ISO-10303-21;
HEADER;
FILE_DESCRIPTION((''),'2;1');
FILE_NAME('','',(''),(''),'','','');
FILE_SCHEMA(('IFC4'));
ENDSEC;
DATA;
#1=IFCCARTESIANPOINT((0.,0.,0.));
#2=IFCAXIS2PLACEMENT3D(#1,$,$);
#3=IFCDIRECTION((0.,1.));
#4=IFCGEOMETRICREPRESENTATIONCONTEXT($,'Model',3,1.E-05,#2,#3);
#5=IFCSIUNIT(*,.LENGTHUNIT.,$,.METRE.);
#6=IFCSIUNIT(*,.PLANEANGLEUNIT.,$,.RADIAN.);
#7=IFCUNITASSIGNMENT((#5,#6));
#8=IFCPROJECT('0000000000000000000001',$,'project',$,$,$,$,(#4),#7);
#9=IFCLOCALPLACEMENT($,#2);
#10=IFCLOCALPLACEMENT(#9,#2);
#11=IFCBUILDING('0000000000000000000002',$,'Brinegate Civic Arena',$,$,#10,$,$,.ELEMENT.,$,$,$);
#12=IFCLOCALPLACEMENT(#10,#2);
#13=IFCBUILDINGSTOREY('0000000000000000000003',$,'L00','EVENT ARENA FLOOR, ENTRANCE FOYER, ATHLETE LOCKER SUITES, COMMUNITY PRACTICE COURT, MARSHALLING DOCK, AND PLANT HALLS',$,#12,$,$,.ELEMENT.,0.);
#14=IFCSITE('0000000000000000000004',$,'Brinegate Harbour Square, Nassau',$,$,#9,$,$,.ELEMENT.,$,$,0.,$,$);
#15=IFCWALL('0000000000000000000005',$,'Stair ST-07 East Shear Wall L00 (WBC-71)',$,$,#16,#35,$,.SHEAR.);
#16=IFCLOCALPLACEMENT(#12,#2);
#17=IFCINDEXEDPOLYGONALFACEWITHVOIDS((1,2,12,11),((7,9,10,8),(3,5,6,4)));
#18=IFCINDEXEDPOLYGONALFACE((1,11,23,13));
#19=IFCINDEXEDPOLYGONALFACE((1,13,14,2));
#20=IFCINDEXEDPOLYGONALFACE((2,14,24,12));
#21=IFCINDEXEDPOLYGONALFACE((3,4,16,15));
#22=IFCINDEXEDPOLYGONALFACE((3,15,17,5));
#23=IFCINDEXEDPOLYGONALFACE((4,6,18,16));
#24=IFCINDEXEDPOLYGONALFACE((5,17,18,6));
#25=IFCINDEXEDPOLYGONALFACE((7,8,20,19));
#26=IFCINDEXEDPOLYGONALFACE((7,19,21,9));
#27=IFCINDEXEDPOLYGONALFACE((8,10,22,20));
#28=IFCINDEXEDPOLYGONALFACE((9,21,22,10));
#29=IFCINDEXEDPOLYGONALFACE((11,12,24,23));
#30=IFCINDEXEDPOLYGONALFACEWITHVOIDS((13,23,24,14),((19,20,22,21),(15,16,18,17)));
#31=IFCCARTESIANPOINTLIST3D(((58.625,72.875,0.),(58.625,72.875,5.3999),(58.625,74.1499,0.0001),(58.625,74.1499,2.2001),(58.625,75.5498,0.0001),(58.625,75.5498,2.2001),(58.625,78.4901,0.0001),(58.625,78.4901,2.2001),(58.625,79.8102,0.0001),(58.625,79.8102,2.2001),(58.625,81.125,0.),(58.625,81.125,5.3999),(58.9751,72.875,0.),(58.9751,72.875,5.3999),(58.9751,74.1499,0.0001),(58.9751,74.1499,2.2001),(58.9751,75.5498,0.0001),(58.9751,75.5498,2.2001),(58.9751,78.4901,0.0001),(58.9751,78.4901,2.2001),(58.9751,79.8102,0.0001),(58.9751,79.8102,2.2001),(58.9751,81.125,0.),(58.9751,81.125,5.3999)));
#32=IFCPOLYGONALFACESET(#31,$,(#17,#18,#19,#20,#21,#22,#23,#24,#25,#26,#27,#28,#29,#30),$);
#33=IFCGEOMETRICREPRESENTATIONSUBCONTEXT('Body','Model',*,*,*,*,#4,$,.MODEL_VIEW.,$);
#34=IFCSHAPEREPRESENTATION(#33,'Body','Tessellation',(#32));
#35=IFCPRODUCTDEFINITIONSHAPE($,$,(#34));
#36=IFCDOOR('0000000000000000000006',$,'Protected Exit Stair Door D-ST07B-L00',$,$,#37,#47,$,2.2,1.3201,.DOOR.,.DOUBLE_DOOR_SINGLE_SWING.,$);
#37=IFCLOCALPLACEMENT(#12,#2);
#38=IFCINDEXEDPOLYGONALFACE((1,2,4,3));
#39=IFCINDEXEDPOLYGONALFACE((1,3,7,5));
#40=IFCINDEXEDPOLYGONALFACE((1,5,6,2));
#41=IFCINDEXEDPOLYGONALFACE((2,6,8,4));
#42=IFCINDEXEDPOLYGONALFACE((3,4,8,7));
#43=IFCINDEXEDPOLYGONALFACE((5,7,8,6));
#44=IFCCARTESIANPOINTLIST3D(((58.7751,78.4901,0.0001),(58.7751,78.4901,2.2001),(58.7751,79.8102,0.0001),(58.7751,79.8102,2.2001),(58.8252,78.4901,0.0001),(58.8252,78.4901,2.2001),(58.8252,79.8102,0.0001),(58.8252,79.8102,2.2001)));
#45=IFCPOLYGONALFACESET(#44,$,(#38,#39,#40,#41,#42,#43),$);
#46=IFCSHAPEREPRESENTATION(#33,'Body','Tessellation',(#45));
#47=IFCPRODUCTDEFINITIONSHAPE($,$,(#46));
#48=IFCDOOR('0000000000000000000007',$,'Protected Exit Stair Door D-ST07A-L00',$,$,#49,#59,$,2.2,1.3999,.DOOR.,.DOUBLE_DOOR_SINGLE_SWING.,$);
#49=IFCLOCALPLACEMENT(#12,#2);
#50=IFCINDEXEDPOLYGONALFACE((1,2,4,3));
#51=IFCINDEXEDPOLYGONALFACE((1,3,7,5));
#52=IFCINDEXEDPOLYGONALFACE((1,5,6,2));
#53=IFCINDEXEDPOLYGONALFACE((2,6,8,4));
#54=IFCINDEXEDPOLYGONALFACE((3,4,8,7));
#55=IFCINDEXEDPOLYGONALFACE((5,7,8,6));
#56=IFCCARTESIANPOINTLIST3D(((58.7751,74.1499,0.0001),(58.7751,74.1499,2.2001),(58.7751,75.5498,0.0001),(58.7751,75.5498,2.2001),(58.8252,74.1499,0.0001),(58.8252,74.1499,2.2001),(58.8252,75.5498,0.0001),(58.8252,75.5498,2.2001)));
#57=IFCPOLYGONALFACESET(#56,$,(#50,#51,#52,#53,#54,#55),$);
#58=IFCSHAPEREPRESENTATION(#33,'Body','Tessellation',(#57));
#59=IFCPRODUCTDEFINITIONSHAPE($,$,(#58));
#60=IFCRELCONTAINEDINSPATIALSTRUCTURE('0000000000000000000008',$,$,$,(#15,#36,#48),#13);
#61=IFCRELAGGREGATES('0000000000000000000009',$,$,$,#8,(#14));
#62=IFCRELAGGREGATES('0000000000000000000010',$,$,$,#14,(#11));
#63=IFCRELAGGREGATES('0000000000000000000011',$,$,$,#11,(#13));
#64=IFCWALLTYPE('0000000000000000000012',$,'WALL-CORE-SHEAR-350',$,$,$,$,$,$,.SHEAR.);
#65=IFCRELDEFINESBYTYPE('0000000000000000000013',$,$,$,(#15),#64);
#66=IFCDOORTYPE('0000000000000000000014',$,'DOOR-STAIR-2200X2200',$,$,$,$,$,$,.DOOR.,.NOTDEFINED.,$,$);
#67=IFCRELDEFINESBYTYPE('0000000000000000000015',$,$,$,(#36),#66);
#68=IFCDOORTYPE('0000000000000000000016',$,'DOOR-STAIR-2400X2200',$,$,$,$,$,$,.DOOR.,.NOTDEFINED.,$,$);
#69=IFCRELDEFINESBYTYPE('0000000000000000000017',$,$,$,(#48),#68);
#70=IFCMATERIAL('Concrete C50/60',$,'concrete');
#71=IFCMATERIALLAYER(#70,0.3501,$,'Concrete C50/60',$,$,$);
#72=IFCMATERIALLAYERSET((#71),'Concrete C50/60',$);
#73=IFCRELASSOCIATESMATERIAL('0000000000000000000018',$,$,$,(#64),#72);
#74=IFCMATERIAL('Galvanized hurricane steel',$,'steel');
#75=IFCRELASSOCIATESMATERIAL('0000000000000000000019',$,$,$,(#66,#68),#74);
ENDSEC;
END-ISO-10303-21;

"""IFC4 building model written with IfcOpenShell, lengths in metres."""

from ifc_helpers import new_model, si_unit, direction, frame, frame_2d, origin, place, context, subcontext, project, spatial, rectangle, extrude, material, layer, layer_set, type_object, element, fill, save


model = new_model("IFC4")

# Units and contexts
model_context = context("Model", 3, precision=1e-05, world=origin(), true_north=direction((0.0, 1.0)))
body_context = subcontext(model_context, "Body", "Model", "MODEL_VIEW")
ifc_project = project(units=[si_unit("LENGTHUNIT", "METRE"), si_unit("PLANEANGLEUNIT", "RADIAN")], contexts=[model_context])

# Site, building, storey
site_placement = place(None, origin())
site = spatial("IfcSite", under=ifc_project, at=site_placement, Name="Brinegate Harbour Square, Nassau", CompositionType="ELEMENT", RefElevation=0.0)
building_placement = place(site_placement, origin())
building = spatial("IfcBuilding", under=site, at=building_placement, Name="Brinegate Civic Arena", CompositionType="ELEMENT")
storey_placement = place(building_placement, origin())
storey = spatial("IfcBuildingStorey", under=building, at=storey_placement, Name="L00", Description="EVENT ARENA FLOOR, ENTRANCE FOYER, ATHLETE LOCKER SUITES, COMMUNITY PRACTICE COURT, MARSHALLING DOCK, AND PLANT HALLS", CompositionType="ELEMENT", Elevation=0.0)

# Shared definitions
ifc_material_1 = material(Name="Concrete C50/60", Category="concrete")

# Shared definitions
ifc_layer_1 = layer(ifc_material_1, 0.3501, Name="Concrete C50/60")
ifc_layer_set_1 = layer_set([ifc_layer_1], Name="Concrete C50/60")
wall_type = type_object("IfcWallType", Name="WALL-CORE-SHEAR-350", PredefinedType="SHEAR", material=ifc_layer_set_1)

# Wall, openings, doors
wall_1_placement = place(storey_placement, frame((58.8, 72.875, 0.0), z_axis=(0.0, 0.0, 1.0), x_axis=(0.0, 1.0, 0.0)))
wall_1 = element("IfcWall", 1, at=wall_1_placement, inside=storey, type_object=wall_type, Name="Stair ST-07 East Shear Wall L00 (WBC-71)", PredefinedType="SHEAR", context=body_context, shape_type="SweptSolid", body=[
    extrude(rectangle(XDim=8.25, YDim=0.3501, at=frame_2d((4.125, 0.0))), origin(), (0.0, 0.0, 1.0), 5.3999),
])
opening_1_placement = place(wall_1_placement, frame((1.2749, 0.0, 0.0)))
opening_1 = element("IfcOpeningElement", 2, at=opening_1_placement, cuts=wall_1, PredefinedType="OPENING", context=body_context, shape_type="SweptSolid", body=[
    extrude(rectangle(XDim=1.3999, YDim=2.2, at=frame_2d((0.7, 1.1001))), frame((0.0, 0.1851, 0.0), z_axis=(0.0, -1.0, 0.0), x_axis=(1.0, 0.0, 0.0)), (0.0, 0.0, 1.0), 0.3701),
])
opening_2_placement = place(wall_1_placement, frame((5.615, 0.0, 0.0)))
opening_2 = element("IfcOpeningElement", 3, at=opening_2_placement, cuts=wall_1, PredefinedType="OPENING", context=body_context, shape_type="SweptSolid", body=[
    extrude(rectangle(XDim=1.3201, YDim=2.2, at=frame_2d((0.6602, 1.1001))), frame((0.0, 0.1851, 0.0), z_axis=(0.0, -1.0, 0.0), x_axis=(1.0, 0.0, 0.0)), (0.0, 0.0, 1.0), 0.3701),
])
ifc_material_2 = material(Name="Galvanized hurricane steel", Category="steel")
door_type_1 = type_object("IfcDoorType", Name="DOOR-STAIR-2200X2200", OperationType="NOTDEFINED", PredefinedType="DOOR", material=ifc_material_2)
door_1_placement = place(opening_2_placement, origin())
door_1 = element("IfcDoor", 4, at=door_1_placement, inside=storey, type_object=door_type_1, Name="Protected Exit Stair Door D-ST07B-L00", OperationType="DOUBLE_DOOR_SINGLE_SWING", OverallHeight=2.2, OverallWidth=1.3201, PredefinedType="DOOR", context=body_context, shape_type="SweptSolid", body=[
    extrude(rectangle(XDim=1.3201, YDim=2.2, at=frame_2d((0.6602, 1.1001))), frame((0.0, 0.0249, 0.0), z_axis=(0.0, -1.0, 0.0), x_axis=(1.0, 0.0, 0.0)), (0.0, 0.0, 1.0), 0.05),
])
fill(opening_2, door_1)
door_type_2 = type_object("IfcDoorType", Name="DOOR-STAIR-2400X2200", OperationType="NOTDEFINED", PredefinedType="DOOR", material=ifc_material_2)
door_2_placement = place(opening_1_placement, origin())
door_2 = element("IfcDoor", 5, at=door_2_placement, inside=storey, type_object=door_type_2, Name="Protected Exit Stair Door D-ST07A-L00", OperationType="DOUBLE_DOOR_SINGLE_SWING", OverallHeight=2.2, OverallWidth=1.3999, PredefinedType="DOOR", context=body_context, shape_type="SweptSolid", body=[
    extrude(rectangle(XDim=1.3999, YDim=2.2, at=frame_2d((0.7, 1.1001))), frame((0.0, 0.0249, 0.0), z_axis=(0.0, -1.0, 0.0), x_axis=(1.0, 0.0, 0.0)), (0.0, 0.0, 1.0), 0.05),
])
fill(opening_1, door_2)

save(model, "model.ifc")
